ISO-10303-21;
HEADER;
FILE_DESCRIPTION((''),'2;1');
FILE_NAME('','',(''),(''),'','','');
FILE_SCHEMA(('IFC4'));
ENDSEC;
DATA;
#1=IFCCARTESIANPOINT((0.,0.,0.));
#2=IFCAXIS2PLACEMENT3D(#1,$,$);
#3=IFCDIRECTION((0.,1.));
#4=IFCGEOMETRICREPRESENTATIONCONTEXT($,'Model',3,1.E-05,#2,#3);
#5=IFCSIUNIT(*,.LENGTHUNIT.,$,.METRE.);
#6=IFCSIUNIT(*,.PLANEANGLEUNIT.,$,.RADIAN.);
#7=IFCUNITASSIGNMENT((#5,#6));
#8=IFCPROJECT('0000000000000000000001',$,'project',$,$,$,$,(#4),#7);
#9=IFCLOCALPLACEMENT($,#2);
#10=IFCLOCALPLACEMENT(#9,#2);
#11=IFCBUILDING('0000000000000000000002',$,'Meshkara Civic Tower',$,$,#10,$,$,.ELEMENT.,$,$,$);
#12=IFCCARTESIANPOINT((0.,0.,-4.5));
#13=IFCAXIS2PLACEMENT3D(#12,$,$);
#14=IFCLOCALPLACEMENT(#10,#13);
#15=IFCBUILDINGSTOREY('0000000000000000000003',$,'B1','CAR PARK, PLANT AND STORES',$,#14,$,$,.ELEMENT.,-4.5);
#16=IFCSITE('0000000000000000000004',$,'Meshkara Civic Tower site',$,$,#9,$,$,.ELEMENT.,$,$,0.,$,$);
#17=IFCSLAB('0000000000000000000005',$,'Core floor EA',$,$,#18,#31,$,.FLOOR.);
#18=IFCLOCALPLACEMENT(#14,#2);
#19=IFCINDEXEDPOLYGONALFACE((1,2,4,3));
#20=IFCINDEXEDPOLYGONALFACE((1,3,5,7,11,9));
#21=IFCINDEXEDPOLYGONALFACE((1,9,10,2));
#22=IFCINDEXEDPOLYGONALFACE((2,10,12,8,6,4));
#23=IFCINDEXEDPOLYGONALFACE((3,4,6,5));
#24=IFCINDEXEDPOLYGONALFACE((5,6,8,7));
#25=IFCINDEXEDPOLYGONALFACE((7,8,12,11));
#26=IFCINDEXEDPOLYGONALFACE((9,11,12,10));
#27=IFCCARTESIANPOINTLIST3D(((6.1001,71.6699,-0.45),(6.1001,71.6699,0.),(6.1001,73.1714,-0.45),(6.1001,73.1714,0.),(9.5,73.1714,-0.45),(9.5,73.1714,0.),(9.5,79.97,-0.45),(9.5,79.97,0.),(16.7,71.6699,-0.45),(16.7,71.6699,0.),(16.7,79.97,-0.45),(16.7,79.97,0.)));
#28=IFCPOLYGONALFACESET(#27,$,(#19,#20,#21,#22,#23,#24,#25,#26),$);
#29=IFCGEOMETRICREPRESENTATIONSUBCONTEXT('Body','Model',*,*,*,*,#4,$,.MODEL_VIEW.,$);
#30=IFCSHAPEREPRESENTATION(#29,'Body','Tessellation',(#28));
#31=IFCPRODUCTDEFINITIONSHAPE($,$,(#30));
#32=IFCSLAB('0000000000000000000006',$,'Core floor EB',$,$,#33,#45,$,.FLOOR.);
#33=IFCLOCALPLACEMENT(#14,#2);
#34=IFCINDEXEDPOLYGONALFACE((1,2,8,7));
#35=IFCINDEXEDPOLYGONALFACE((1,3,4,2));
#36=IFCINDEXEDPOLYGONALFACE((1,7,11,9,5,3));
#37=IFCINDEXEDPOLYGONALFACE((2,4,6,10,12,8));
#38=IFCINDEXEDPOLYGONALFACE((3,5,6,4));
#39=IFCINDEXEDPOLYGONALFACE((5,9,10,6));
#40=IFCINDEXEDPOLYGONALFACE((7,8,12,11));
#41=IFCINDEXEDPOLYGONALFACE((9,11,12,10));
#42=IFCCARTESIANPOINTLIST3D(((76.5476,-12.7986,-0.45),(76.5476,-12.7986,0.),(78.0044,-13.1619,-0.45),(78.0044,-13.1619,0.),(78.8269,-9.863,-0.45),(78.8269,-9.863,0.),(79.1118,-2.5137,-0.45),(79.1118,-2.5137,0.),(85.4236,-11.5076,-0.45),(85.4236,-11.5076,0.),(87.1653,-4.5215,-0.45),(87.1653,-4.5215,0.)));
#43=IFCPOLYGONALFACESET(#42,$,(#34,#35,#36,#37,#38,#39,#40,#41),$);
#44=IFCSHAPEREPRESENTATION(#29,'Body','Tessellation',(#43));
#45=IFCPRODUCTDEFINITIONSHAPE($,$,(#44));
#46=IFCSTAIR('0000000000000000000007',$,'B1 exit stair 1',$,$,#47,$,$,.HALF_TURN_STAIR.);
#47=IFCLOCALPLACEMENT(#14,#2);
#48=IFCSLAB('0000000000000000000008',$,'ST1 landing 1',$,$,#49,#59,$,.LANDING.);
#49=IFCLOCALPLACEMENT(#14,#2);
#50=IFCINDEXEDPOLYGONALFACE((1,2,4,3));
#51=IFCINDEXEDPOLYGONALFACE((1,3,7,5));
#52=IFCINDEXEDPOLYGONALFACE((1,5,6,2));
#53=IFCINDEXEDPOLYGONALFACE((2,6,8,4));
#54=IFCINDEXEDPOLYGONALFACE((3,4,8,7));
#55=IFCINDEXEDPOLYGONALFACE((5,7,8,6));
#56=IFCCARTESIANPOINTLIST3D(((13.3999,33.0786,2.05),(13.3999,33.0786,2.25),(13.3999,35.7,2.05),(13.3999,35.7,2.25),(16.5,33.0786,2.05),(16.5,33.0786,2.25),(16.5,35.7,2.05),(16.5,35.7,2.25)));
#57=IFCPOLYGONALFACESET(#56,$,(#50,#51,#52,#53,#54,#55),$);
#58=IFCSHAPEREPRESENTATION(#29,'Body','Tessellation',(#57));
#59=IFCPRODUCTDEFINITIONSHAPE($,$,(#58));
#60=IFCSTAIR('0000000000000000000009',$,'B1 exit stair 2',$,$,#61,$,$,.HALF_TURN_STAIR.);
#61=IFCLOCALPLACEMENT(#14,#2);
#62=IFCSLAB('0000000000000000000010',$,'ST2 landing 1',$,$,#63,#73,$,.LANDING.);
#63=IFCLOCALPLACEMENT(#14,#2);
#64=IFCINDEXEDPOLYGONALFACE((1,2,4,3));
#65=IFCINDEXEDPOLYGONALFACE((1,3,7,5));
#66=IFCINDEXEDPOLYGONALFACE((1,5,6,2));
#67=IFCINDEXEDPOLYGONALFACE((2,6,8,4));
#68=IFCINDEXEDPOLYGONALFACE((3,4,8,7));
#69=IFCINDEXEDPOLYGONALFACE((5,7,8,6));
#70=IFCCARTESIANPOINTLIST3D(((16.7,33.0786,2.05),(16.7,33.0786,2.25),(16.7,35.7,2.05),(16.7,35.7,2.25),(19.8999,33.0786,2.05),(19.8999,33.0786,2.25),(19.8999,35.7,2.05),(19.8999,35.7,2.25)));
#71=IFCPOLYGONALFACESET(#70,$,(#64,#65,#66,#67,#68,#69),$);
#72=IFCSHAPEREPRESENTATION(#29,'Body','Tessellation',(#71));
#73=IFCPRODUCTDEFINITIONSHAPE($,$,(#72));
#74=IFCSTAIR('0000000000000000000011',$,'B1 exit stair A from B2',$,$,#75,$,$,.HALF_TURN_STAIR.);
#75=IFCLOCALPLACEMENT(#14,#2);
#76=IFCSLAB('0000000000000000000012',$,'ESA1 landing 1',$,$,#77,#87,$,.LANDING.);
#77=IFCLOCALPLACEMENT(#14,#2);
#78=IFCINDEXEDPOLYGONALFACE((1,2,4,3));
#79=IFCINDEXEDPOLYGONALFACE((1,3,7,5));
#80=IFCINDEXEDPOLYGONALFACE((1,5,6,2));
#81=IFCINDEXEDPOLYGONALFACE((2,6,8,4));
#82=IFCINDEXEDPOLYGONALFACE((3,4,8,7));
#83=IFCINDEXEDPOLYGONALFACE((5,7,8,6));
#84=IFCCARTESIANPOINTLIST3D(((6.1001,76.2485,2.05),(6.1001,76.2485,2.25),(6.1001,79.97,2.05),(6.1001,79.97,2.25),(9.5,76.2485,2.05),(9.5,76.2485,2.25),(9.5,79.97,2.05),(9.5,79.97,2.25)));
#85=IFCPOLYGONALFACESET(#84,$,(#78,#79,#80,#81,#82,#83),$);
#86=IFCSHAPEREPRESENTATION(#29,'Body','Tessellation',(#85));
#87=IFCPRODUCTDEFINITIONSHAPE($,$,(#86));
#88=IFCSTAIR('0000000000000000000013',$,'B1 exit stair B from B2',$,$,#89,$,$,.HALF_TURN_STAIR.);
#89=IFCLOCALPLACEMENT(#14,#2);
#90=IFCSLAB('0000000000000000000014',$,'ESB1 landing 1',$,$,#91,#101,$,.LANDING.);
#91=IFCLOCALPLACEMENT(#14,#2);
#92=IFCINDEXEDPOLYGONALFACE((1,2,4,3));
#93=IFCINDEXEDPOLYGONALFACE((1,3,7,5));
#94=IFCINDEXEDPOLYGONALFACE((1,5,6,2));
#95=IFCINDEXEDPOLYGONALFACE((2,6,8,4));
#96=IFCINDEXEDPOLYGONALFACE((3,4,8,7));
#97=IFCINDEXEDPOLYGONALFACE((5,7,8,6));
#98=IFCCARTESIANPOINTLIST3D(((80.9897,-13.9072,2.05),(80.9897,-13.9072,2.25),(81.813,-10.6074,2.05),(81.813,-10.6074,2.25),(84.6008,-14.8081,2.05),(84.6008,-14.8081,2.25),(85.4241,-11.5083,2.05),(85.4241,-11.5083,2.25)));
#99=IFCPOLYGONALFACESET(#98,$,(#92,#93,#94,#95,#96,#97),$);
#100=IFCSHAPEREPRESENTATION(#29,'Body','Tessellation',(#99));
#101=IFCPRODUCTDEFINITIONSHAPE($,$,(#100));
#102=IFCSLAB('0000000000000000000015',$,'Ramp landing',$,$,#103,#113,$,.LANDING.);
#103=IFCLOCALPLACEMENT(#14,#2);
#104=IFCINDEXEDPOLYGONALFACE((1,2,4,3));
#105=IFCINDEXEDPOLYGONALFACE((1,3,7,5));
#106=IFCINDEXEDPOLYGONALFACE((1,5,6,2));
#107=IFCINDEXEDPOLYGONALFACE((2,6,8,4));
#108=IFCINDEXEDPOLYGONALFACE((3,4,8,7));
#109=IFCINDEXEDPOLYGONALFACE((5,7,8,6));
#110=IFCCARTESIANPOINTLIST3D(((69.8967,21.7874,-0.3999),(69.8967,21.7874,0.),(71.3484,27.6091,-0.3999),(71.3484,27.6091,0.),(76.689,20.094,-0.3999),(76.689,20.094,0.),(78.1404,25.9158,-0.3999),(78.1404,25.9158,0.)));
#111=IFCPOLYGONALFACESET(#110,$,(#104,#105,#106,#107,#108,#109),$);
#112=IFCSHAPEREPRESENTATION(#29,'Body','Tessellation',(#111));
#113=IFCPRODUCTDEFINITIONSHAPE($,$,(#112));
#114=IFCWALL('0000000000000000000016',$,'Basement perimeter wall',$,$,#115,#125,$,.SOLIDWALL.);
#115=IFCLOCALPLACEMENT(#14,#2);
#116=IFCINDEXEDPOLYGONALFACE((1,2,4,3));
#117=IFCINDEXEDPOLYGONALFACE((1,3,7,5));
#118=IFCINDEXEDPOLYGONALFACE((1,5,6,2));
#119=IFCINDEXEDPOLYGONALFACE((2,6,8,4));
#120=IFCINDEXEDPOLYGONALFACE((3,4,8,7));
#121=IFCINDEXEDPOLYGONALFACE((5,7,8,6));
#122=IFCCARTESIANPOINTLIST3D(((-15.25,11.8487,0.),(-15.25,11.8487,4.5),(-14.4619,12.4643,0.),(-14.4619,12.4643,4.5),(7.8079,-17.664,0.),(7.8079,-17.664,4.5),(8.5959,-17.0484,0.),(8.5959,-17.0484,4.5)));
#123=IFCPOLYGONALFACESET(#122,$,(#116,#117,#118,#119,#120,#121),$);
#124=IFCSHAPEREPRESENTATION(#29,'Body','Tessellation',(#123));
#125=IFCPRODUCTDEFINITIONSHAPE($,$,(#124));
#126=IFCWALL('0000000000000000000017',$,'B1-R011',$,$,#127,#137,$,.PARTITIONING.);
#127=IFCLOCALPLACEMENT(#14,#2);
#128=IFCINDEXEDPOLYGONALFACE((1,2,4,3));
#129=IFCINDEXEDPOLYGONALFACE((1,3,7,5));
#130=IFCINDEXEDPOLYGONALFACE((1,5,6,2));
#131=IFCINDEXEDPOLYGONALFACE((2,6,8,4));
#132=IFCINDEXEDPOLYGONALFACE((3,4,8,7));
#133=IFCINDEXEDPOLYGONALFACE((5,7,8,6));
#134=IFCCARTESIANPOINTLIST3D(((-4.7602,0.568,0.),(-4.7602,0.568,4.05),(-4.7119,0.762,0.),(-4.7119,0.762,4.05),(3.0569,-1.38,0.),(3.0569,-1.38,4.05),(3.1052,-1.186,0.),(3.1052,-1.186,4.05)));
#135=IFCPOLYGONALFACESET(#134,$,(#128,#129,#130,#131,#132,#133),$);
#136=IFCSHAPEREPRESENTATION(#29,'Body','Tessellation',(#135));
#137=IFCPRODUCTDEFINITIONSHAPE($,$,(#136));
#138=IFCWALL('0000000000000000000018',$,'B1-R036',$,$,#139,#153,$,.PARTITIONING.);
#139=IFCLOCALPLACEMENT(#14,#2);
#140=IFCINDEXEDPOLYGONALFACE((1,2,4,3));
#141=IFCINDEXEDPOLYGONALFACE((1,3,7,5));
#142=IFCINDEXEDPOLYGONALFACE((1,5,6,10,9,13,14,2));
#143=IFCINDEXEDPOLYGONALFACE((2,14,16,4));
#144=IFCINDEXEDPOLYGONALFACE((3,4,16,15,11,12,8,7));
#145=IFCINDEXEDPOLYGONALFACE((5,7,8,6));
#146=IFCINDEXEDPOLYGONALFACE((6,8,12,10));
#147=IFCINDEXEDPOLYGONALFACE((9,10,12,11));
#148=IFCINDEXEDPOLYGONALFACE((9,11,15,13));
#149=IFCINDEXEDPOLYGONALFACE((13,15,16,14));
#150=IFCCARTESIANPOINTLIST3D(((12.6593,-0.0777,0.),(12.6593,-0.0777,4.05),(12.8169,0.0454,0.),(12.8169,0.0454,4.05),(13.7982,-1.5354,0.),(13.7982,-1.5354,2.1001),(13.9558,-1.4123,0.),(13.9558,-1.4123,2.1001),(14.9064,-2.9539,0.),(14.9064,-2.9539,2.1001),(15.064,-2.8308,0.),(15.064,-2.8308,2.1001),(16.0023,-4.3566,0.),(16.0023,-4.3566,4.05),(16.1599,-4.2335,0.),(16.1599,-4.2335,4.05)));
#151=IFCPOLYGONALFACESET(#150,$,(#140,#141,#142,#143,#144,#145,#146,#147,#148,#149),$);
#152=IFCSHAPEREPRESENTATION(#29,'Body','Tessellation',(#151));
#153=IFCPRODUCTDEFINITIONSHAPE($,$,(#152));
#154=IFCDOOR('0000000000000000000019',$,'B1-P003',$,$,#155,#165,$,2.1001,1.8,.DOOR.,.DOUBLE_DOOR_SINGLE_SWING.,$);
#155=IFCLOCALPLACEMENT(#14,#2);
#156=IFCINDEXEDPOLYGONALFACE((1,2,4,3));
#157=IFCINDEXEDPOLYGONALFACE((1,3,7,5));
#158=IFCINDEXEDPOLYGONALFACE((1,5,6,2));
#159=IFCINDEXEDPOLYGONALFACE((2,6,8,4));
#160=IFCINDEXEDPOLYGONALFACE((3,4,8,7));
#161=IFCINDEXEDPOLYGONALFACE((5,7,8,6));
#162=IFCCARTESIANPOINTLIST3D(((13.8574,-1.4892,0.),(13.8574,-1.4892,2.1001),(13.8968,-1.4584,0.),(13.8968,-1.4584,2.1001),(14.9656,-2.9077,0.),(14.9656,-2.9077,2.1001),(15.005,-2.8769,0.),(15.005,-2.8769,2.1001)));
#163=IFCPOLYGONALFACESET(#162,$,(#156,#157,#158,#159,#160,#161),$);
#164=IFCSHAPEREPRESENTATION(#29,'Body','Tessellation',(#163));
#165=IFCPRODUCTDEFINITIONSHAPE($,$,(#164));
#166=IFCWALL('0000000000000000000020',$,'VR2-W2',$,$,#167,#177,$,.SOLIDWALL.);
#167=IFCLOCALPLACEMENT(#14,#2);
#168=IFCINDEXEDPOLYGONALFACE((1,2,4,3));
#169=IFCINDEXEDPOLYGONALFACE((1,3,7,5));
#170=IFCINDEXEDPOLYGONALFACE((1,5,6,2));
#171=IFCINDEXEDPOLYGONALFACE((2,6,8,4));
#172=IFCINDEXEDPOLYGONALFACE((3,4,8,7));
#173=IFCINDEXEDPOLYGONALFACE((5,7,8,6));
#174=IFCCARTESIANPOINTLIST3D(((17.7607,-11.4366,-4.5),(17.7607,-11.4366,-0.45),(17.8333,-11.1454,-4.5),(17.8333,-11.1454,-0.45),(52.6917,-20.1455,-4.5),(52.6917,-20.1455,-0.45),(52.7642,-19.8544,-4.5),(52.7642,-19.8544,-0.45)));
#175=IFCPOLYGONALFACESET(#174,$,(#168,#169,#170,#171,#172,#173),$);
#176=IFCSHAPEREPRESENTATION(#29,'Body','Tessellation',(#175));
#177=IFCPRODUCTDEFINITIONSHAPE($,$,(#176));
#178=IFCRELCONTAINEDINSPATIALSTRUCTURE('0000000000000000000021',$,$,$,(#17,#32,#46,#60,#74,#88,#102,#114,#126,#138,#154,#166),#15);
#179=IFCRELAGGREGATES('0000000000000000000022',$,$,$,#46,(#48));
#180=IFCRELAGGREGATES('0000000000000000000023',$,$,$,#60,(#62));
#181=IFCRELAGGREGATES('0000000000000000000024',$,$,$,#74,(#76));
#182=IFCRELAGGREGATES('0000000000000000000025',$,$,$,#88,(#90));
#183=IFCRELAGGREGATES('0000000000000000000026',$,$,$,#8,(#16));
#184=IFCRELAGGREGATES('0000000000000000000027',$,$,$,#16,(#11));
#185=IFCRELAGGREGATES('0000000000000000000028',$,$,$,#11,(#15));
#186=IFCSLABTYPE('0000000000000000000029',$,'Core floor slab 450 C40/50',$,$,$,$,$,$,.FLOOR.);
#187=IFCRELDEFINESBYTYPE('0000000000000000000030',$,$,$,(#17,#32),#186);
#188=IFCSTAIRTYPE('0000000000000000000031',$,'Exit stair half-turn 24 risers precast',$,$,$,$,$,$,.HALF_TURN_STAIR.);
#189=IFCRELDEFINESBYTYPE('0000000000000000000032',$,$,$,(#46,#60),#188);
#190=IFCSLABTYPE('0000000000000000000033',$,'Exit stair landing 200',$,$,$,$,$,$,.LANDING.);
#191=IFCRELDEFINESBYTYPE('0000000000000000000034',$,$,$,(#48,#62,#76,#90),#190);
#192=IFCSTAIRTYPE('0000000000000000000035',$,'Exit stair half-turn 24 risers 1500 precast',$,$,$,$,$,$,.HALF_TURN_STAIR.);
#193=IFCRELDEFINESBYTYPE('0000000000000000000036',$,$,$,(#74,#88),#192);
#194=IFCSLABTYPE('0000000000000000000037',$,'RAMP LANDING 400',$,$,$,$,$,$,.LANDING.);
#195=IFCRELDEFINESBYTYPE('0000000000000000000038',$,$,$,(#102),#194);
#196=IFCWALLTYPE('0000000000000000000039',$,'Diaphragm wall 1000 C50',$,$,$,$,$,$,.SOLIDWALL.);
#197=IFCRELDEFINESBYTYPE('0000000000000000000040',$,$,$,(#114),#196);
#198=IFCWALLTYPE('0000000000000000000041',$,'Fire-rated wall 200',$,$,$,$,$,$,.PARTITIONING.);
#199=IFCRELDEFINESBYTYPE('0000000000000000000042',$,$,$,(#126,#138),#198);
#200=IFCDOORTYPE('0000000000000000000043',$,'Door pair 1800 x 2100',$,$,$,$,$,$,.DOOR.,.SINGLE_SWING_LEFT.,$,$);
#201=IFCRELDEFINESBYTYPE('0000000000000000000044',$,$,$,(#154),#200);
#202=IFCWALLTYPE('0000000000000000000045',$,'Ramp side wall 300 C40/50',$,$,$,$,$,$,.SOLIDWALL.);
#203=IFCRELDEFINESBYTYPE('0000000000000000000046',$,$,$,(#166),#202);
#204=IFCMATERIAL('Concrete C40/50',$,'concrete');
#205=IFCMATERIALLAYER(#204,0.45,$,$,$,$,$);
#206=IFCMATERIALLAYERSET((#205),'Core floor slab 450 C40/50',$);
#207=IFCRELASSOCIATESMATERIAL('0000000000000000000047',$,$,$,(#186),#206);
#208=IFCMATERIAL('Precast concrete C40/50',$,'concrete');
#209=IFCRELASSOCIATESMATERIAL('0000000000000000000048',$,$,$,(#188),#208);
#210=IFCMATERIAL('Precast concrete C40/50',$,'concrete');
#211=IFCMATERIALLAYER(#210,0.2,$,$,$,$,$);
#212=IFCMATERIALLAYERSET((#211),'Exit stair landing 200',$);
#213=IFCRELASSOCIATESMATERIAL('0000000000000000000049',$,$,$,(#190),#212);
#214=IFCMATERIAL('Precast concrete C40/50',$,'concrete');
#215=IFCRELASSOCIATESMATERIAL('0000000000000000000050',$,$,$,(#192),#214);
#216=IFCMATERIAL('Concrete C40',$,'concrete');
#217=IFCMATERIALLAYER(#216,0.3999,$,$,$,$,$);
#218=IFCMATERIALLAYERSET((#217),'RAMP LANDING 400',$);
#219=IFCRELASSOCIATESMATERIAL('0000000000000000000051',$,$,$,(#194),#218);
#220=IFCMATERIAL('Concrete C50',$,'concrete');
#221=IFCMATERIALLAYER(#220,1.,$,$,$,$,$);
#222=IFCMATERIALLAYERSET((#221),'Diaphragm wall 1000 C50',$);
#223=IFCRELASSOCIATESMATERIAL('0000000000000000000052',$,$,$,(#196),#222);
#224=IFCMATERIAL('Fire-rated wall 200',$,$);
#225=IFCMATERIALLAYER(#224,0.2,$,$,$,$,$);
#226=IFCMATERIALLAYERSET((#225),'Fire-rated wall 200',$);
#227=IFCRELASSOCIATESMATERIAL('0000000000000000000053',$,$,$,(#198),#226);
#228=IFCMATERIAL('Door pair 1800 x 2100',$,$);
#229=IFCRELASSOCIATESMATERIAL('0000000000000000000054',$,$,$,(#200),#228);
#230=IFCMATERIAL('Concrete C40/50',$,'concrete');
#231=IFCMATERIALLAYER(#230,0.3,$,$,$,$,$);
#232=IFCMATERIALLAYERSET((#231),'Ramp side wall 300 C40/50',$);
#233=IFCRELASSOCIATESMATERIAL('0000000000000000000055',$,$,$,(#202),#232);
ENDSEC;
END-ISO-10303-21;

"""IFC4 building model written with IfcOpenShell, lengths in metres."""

from ifc_helpers import new_model, si_unit, direction, frame, frame_2d, origin, place, context, subcontext, project, spatial, polyline, rectangle, outline, extrude, material, layer, layer_set, type_object, element, fill, aggregate, save


model = new_model("IFC4")

# Units and contexts
model_context = context("Model", 3, precision=1e-05, world=origin(), true_north=direction((0.0, 1.0)))
body_context = subcontext(model_context, "Body", "Model", "MODEL_VIEW")
ifc_project = project(units=[si_unit("LENGTHUNIT", "METRE"), si_unit("PLANEANGLEUNIT", "RADIAN")], contexts=[model_context])

# Site, building, storey
site_placement = place(None, origin())
site = spatial("IfcSite", under=ifc_project, at=site_placement, Name="Meshkara Civic Tower site", CompositionType="ELEMENT", RefElevation=0.0)
building_placement = place(site_placement, origin())
building = spatial("IfcBuilding", under=site, at=building_placement, Name="Meshkara Civic Tower", CompositionType="ELEMENT")
storey_placement = place(building_placement, frame((0.0, 0.0, -4.5)))
storey = spatial("IfcBuildingStorey", under=building, at=storey_placement, Name="B1", Description="CAR PARK, PLANT AND STORES", CompositionType="ELEMENT", Elevation=-4.5)

# Slabs
ifc_material_1 = material(Name="Concrete C40/50", Category="concrete")
ifc_layer_1 = layer(ifc_material_1, 0.45)
ifc_layer_set_1 = layer_set([ifc_layer_1], Name="Core floor slab 450 C40/50")
slab_type_1 = type_object("IfcSlabType", Name="Core floor slab 450 C40/50", PredefinedType="FLOOR", material=ifc_layer_set_1)
slab_1_placement = place(storey_placement, frame((0.0, 0.0, -0.45)))
element("IfcSlab", 1, at=slab_1_placement, inside=storey, type_object=slab_type_1, Name="Core floor EA", PredefinedType="FLOOR", context=body_context, shape_type="SweptSolid", body=[
    extrude(outline(polyline([(16.7, 71.6699), (16.7, 79.97), (9.5, 79.97), (9.5, 73.1714), (6.1001, 73.1714), (6.1001, 71.6699), (16.7, 71.6699)])), origin(), (0.0, 0.0, 1.0), 0.45),
])
slab_2_placement = place(storey_placement, frame((0.0, 0.0, -0.45)))
element("IfcSlab", 2, at=slab_2_placement, inside=storey, type_object=slab_type_1, Name="Core floor EB", PredefinedType="FLOOR", context=body_context, shape_type="SweptSolid", body=[
    extrude(outline(polyline([(79.1118, -2.5137), (87.1653, -4.5215), (85.4236, -11.5076), (78.8269, -9.863), (78.0044, -13.1619), (76.5476, -12.7986), (79.1118, -2.5137)])), origin(), (0.0, 0.0, 1.0), 0.45),
])

# Stairs, slabs
ifc_material_2 = material(Name="Precast concrete C40/50", Category="concrete")
stair_type_1 = type_object("IfcStairType", Name="Exit stair half-turn 24 risers precast", PredefinedType="HALF_TURN_STAIR", material=ifc_material_2)
stair_1_placement = place(storey_placement, origin())
stair_1 = element("IfcStair", 3, at=stair_1_placement, inside=storey, type_object=stair_type_1, Name="B1 exit stair 1", PredefinedType="HALF_TURN_STAIR")
ifc_material_3 = material(Name="Precast concrete C40/50", Category="concrete")
ifc_layer_2 = layer(ifc_material_3, 0.2)
ifc_layer_set_2 = layer_set([ifc_layer_2], Name="Exit stair landing 200")
slab_type_2 = type_object("IfcSlabType", Name="Exit stair landing 200", PredefinedType="LANDING", material=ifc_layer_set_2)
slab_3_placement = place(storey_placement, frame((0.0, 0.0, 2.05)))
slab_3 = element("IfcSlab", 4, at=slab_3_placement, type_object=slab_type_2, Name="ST1 landing 1", PredefinedType="LANDING", context=body_context, shape_type="SweptSolid", body=[
    extrude(outline(polyline([(16.5, 33.0786), (16.5, 35.7), (13.3999, 35.7), (13.3999, 33.0786), (16.5, 33.0786)])), origin(), (0.0, 0.0, 1.0), 0.2),
])
aggregate(stair_1, [slab_3])
stair_2_placement = place(storey_placement, origin())
stair_2 = element("IfcStair", 5, at=stair_2_placement, inside=storey, type_object=stair_type_1, Name="B1 exit stair 2", PredefinedType="HALF_TURN_STAIR")
slab_4_placement = place(storey_placement, frame((0.0, 0.0, 2.05)))
slab_4 = element("IfcSlab", 6, at=slab_4_placement, type_object=slab_type_2, Name="ST2 landing 1", PredefinedType="LANDING", context=body_context, shape_type="SweptSolid", body=[
    extrude(outline(polyline([(19.8999, 33.0786), (19.8999, 35.7), (16.7, 35.7), (16.7, 33.0786), (19.8999, 33.0786)])), origin(), (0.0, 0.0, 1.0), 0.2),
])
aggregate(stair_2, [slab_4])
ifc_material_4 = material(Name="Precast concrete C40/50", Category="concrete")
stair_type_2 = type_object("IfcStairType", Name="Exit stair half-turn 24 risers 1500 precast", PredefinedType="HALF_TURN_STAIR", material=ifc_material_4)
stair_3_placement = place(storey_placement, origin())
stair_3 = element("IfcStair", 7, at=stair_3_placement, inside=storey, type_object=stair_type_2, Name="B1 exit stair A from B2", PredefinedType="HALF_TURN_STAIR")
slab_5_placement = place(storey_placement, frame((0.0, 0.0, 2.05)))
slab_5 = element("IfcSlab", 8, at=slab_5_placement, type_object=slab_type_2, Name="ESA1 landing 1", PredefinedType="LANDING", context=body_context, shape_type="SweptSolid", body=[
    extrude(outline(polyline([(9.5, 76.2485), (9.5, 79.97), (6.1001, 79.97), (6.1001, 76.2485), (9.5, 76.2485)])), origin(), (0.0, 0.0, 1.0), 0.2),
])
aggregate(stair_3, [slab_5])
stair_4_placement = place(storey_placement, origin())
stair_4 = element("IfcStair", 9, at=stair_4_placement, inside=storey, type_object=stair_type_2, Name="B1 exit stair B from B2", PredefinedType="HALF_TURN_STAIR")
slab_6_placement = place(storey_placement, frame((0.0, 0.0, 2.05)))
slab_6 = element("IfcSlab", 10, at=slab_6_placement, type_object=slab_type_2, Name="ESB1 landing 1", PredefinedType="LANDING", context=body_context, shape_type="SweptSolid", body=[
    extrude(outline(polyline([(80.9897, -13.9072), (84.6008, -14.8081), (85.4241, -11.5083), (81.813, -10.6074), (80.9897, -13.9072)])), origin(), (0.0, 0.0, 1.0), 0.2),
])
aggregate(stair_4, [slab_6])

# Slab
ifc_material_5 = material(Name="Concrete C40", Category="concrete")
ifc_layer_3 = layer(ifc_material_5, 0.3999)
ifc_layer_set_3 = layer_set([ifc_layer_3], Name="RAMP LANDING 400")
slab_type_3 = type_object("IfcSlabType", Name="RAMP LANDING 400", PredefinedType="LANDING", material=ifc_layer_set_3)
slab_7_placement = place(storey_placement, frame((0.0, 0.0, -0.3999)))
element("IfcSlab", 11, at=slab_7_placement, inside=storey, type_object=slab_type_3, Name="Ramp landing", PredefinedType="LANDING", context=body_context, shape_type="SweptSolid", body=[
    extrude(outline(polyline([(76.689, 20.094), (78.1404, 25.9158), (71.3484, 27.6091), (69.8967, 21.7874), (76.689, 20.094)])), origin(), (0.0, 0.0, 1.0), 0.3999),
])

# Walls
ifc_material_6 = material(Name="Concrete C50", Category="concrete")
ifc_layer_4 = layer(ifc_material_6, 1.0)
ifc_layer_set_4 = layer_set([ifc_layer_4], Name="Diaphragm wall 1000 C50")
wall_type_1 = type_object("IfcWallType", Name="Diaphragm wall 1000 C50", PredefinedType="SOLIDWALL", material=ifc_layer_set_4)
wall_1_placement = place(storey_placement, frame((8.2019, -17.3562, 0.0), z_axis=(0.0, 0.0, 1.0), x_axis=(-0.615662, 0.788011, 0.0)))
element("IfcWall", 12, at=wall_1_placement, inside=storey, type_object=wall_type_1, Name="Basement perimeter wall", PredefinedType="SOLIDWALL", context=body_context, shape_type="SweptSolid", body=[
    extrude(rectangle(XDim=37.4521, YDim=1.0, at=frame_2d((18.7261, 0.0))), origin(), (0.0, 0.0, 1.0), 4.5),
])
ifc_material_7 = material(Name="Fire-rated wall 200")
ifc_layer_5 = layer(ifc_material_7, 0.2)
ifc_layer_set_5 = layer_set([ifc_layer_5], Name="Fire-rated wall 200")
wall_type_2 = type_object("IfcWallType", Name="Fire-rated wall 200", PredefinedType="PARTITIONING", material=ifc_layer_set_5)
wall_2_placement = place(storey_placement, frame((3.0811, -1.283, 0.0), z_axis=(0.0, 0.0, 1.0), x_axis=(-0.970326, 0.241801, 0.0)))
element("IfcWall", 13, at=wall_2_placement, inside=storey, type_object=wall_type_2, Name="B1-R011", PredefinedType="PARTITIONING", context=body_context, shape_type="SweptSolid", body=[
    extrude(rectangle(XDim=8.0562, YDim=0.2, at=frame_2d((4.0281, 0.0))), origin(), (0.0, 0.0, 1.0), 4.05),
])

# Wall, opening, door
wall_3_placement = place(storey_placement, frame((16.0811, -4.2949, 0.0), z_axis=(0.0, 0.0, 1.0), x_axis=(-0.615667, 0.788007, 0.0)))
wall_3 = element("IfcWall", 14, at=wall_3_placement, inside=storey, type_object=wall_type_2, Name="B1-R036", PredefinedType="PARTITIONING", context=body_context, shape_type="SweptSolid", body=[
    extrude(rectangle(XDim=5.4299, YDim=0.2, at=frame_2d((2.7148, 0.0))), origin(), (0.0, 0.0, 1.0), 4.05),
])
opening_placement = place(wall_3_placement, frame((1.78, 0.0, 0.0)))
opening = element("IfcOpeningElement", 15, at=opening_placement, cuts=wall_3, PredefinedType="OPENING", context=body_context, shape_type="SweptSolid", body=[
    extrude(rectangle(XDim=1.8, YDim=2.1001, at=frame_2d((0.8999, 1.05))), frame((0.0, 0.1099, 0.0), z_axis=(0.0, -1.0, 0.0), x_axis=(1.0, 0.0, 0.0)), (0.0, 0.0, 1.0), 0.22),
])
ifc_material_8 = material(Name="Door pair 1800 x 2100")
door_type = type_object("IfcDoorType", Name="Door pair 1800 x 2100", OperationType="SINGLE_SWING_LEFT", PredefinedType="DOOR", material=ifc_material_8)
door_placement = place(opening_placement, origin())
door = element("IfcDoor", 16, at=door_placement, inside=storey, type_object=door_type, Name="B1-P003", OperationType="DOUBLE_DOOR_SINGLE_SWING", OverallHeight=2.1001, OverallWidth=1.8, PredefinedType="DOOR", context=body_context, shape_type="SweptSolid", body=[
    extrude(rectangle(XDim=1.8, YDim=2.1001, at=frame_2d((0.8999, 1.05))), frame((0.0, 0.0249, 0.0), z_axis=(0.0, -1.0, 0.0), x_axis=(1.0, 0.0, 0.0)), (0.0, 0.0, 1.0), 0.05),
])
fill(opening, door)

# Wall
ifc_material_9 = material(Name="Concrete C40/50", Category="concrete")
ifc_layer_6 = layer(ifc_material_9, 0.3)
ifc_layer_set_6 = layer_set([ifc_layer_6], Name="Ramp side wall 300 C40/50")
wall_type_3 = type_object("IfcWallType", Name="Ramp side wall 300 C40/50", PredefinedType="SOLIDWALL", material=ifc_layer_set_6)
wall_4_placement = place(storey_placement, frame((17.7971, -11.291, -4.5), z_axis=(0.0, 0.0, 1.0), x_axis=(0.970297, -0.241915, 0.0)))
element("IfcWall", 17, at=wall_4_placement, inside=storey, type_object=wall_type_3, Name="VR2-W2", PredefinedType="SOLIDWALL", context=body_context, shape_type="SweptSolid", body=[
    extrude(rectangle(XDim=36.0002, YDim=0.3, at=frame_2d((18.0, 0.0))), origin(), (0.0, 0.0, 1.0), 4.05),
])

save(model, "model.ifc")
